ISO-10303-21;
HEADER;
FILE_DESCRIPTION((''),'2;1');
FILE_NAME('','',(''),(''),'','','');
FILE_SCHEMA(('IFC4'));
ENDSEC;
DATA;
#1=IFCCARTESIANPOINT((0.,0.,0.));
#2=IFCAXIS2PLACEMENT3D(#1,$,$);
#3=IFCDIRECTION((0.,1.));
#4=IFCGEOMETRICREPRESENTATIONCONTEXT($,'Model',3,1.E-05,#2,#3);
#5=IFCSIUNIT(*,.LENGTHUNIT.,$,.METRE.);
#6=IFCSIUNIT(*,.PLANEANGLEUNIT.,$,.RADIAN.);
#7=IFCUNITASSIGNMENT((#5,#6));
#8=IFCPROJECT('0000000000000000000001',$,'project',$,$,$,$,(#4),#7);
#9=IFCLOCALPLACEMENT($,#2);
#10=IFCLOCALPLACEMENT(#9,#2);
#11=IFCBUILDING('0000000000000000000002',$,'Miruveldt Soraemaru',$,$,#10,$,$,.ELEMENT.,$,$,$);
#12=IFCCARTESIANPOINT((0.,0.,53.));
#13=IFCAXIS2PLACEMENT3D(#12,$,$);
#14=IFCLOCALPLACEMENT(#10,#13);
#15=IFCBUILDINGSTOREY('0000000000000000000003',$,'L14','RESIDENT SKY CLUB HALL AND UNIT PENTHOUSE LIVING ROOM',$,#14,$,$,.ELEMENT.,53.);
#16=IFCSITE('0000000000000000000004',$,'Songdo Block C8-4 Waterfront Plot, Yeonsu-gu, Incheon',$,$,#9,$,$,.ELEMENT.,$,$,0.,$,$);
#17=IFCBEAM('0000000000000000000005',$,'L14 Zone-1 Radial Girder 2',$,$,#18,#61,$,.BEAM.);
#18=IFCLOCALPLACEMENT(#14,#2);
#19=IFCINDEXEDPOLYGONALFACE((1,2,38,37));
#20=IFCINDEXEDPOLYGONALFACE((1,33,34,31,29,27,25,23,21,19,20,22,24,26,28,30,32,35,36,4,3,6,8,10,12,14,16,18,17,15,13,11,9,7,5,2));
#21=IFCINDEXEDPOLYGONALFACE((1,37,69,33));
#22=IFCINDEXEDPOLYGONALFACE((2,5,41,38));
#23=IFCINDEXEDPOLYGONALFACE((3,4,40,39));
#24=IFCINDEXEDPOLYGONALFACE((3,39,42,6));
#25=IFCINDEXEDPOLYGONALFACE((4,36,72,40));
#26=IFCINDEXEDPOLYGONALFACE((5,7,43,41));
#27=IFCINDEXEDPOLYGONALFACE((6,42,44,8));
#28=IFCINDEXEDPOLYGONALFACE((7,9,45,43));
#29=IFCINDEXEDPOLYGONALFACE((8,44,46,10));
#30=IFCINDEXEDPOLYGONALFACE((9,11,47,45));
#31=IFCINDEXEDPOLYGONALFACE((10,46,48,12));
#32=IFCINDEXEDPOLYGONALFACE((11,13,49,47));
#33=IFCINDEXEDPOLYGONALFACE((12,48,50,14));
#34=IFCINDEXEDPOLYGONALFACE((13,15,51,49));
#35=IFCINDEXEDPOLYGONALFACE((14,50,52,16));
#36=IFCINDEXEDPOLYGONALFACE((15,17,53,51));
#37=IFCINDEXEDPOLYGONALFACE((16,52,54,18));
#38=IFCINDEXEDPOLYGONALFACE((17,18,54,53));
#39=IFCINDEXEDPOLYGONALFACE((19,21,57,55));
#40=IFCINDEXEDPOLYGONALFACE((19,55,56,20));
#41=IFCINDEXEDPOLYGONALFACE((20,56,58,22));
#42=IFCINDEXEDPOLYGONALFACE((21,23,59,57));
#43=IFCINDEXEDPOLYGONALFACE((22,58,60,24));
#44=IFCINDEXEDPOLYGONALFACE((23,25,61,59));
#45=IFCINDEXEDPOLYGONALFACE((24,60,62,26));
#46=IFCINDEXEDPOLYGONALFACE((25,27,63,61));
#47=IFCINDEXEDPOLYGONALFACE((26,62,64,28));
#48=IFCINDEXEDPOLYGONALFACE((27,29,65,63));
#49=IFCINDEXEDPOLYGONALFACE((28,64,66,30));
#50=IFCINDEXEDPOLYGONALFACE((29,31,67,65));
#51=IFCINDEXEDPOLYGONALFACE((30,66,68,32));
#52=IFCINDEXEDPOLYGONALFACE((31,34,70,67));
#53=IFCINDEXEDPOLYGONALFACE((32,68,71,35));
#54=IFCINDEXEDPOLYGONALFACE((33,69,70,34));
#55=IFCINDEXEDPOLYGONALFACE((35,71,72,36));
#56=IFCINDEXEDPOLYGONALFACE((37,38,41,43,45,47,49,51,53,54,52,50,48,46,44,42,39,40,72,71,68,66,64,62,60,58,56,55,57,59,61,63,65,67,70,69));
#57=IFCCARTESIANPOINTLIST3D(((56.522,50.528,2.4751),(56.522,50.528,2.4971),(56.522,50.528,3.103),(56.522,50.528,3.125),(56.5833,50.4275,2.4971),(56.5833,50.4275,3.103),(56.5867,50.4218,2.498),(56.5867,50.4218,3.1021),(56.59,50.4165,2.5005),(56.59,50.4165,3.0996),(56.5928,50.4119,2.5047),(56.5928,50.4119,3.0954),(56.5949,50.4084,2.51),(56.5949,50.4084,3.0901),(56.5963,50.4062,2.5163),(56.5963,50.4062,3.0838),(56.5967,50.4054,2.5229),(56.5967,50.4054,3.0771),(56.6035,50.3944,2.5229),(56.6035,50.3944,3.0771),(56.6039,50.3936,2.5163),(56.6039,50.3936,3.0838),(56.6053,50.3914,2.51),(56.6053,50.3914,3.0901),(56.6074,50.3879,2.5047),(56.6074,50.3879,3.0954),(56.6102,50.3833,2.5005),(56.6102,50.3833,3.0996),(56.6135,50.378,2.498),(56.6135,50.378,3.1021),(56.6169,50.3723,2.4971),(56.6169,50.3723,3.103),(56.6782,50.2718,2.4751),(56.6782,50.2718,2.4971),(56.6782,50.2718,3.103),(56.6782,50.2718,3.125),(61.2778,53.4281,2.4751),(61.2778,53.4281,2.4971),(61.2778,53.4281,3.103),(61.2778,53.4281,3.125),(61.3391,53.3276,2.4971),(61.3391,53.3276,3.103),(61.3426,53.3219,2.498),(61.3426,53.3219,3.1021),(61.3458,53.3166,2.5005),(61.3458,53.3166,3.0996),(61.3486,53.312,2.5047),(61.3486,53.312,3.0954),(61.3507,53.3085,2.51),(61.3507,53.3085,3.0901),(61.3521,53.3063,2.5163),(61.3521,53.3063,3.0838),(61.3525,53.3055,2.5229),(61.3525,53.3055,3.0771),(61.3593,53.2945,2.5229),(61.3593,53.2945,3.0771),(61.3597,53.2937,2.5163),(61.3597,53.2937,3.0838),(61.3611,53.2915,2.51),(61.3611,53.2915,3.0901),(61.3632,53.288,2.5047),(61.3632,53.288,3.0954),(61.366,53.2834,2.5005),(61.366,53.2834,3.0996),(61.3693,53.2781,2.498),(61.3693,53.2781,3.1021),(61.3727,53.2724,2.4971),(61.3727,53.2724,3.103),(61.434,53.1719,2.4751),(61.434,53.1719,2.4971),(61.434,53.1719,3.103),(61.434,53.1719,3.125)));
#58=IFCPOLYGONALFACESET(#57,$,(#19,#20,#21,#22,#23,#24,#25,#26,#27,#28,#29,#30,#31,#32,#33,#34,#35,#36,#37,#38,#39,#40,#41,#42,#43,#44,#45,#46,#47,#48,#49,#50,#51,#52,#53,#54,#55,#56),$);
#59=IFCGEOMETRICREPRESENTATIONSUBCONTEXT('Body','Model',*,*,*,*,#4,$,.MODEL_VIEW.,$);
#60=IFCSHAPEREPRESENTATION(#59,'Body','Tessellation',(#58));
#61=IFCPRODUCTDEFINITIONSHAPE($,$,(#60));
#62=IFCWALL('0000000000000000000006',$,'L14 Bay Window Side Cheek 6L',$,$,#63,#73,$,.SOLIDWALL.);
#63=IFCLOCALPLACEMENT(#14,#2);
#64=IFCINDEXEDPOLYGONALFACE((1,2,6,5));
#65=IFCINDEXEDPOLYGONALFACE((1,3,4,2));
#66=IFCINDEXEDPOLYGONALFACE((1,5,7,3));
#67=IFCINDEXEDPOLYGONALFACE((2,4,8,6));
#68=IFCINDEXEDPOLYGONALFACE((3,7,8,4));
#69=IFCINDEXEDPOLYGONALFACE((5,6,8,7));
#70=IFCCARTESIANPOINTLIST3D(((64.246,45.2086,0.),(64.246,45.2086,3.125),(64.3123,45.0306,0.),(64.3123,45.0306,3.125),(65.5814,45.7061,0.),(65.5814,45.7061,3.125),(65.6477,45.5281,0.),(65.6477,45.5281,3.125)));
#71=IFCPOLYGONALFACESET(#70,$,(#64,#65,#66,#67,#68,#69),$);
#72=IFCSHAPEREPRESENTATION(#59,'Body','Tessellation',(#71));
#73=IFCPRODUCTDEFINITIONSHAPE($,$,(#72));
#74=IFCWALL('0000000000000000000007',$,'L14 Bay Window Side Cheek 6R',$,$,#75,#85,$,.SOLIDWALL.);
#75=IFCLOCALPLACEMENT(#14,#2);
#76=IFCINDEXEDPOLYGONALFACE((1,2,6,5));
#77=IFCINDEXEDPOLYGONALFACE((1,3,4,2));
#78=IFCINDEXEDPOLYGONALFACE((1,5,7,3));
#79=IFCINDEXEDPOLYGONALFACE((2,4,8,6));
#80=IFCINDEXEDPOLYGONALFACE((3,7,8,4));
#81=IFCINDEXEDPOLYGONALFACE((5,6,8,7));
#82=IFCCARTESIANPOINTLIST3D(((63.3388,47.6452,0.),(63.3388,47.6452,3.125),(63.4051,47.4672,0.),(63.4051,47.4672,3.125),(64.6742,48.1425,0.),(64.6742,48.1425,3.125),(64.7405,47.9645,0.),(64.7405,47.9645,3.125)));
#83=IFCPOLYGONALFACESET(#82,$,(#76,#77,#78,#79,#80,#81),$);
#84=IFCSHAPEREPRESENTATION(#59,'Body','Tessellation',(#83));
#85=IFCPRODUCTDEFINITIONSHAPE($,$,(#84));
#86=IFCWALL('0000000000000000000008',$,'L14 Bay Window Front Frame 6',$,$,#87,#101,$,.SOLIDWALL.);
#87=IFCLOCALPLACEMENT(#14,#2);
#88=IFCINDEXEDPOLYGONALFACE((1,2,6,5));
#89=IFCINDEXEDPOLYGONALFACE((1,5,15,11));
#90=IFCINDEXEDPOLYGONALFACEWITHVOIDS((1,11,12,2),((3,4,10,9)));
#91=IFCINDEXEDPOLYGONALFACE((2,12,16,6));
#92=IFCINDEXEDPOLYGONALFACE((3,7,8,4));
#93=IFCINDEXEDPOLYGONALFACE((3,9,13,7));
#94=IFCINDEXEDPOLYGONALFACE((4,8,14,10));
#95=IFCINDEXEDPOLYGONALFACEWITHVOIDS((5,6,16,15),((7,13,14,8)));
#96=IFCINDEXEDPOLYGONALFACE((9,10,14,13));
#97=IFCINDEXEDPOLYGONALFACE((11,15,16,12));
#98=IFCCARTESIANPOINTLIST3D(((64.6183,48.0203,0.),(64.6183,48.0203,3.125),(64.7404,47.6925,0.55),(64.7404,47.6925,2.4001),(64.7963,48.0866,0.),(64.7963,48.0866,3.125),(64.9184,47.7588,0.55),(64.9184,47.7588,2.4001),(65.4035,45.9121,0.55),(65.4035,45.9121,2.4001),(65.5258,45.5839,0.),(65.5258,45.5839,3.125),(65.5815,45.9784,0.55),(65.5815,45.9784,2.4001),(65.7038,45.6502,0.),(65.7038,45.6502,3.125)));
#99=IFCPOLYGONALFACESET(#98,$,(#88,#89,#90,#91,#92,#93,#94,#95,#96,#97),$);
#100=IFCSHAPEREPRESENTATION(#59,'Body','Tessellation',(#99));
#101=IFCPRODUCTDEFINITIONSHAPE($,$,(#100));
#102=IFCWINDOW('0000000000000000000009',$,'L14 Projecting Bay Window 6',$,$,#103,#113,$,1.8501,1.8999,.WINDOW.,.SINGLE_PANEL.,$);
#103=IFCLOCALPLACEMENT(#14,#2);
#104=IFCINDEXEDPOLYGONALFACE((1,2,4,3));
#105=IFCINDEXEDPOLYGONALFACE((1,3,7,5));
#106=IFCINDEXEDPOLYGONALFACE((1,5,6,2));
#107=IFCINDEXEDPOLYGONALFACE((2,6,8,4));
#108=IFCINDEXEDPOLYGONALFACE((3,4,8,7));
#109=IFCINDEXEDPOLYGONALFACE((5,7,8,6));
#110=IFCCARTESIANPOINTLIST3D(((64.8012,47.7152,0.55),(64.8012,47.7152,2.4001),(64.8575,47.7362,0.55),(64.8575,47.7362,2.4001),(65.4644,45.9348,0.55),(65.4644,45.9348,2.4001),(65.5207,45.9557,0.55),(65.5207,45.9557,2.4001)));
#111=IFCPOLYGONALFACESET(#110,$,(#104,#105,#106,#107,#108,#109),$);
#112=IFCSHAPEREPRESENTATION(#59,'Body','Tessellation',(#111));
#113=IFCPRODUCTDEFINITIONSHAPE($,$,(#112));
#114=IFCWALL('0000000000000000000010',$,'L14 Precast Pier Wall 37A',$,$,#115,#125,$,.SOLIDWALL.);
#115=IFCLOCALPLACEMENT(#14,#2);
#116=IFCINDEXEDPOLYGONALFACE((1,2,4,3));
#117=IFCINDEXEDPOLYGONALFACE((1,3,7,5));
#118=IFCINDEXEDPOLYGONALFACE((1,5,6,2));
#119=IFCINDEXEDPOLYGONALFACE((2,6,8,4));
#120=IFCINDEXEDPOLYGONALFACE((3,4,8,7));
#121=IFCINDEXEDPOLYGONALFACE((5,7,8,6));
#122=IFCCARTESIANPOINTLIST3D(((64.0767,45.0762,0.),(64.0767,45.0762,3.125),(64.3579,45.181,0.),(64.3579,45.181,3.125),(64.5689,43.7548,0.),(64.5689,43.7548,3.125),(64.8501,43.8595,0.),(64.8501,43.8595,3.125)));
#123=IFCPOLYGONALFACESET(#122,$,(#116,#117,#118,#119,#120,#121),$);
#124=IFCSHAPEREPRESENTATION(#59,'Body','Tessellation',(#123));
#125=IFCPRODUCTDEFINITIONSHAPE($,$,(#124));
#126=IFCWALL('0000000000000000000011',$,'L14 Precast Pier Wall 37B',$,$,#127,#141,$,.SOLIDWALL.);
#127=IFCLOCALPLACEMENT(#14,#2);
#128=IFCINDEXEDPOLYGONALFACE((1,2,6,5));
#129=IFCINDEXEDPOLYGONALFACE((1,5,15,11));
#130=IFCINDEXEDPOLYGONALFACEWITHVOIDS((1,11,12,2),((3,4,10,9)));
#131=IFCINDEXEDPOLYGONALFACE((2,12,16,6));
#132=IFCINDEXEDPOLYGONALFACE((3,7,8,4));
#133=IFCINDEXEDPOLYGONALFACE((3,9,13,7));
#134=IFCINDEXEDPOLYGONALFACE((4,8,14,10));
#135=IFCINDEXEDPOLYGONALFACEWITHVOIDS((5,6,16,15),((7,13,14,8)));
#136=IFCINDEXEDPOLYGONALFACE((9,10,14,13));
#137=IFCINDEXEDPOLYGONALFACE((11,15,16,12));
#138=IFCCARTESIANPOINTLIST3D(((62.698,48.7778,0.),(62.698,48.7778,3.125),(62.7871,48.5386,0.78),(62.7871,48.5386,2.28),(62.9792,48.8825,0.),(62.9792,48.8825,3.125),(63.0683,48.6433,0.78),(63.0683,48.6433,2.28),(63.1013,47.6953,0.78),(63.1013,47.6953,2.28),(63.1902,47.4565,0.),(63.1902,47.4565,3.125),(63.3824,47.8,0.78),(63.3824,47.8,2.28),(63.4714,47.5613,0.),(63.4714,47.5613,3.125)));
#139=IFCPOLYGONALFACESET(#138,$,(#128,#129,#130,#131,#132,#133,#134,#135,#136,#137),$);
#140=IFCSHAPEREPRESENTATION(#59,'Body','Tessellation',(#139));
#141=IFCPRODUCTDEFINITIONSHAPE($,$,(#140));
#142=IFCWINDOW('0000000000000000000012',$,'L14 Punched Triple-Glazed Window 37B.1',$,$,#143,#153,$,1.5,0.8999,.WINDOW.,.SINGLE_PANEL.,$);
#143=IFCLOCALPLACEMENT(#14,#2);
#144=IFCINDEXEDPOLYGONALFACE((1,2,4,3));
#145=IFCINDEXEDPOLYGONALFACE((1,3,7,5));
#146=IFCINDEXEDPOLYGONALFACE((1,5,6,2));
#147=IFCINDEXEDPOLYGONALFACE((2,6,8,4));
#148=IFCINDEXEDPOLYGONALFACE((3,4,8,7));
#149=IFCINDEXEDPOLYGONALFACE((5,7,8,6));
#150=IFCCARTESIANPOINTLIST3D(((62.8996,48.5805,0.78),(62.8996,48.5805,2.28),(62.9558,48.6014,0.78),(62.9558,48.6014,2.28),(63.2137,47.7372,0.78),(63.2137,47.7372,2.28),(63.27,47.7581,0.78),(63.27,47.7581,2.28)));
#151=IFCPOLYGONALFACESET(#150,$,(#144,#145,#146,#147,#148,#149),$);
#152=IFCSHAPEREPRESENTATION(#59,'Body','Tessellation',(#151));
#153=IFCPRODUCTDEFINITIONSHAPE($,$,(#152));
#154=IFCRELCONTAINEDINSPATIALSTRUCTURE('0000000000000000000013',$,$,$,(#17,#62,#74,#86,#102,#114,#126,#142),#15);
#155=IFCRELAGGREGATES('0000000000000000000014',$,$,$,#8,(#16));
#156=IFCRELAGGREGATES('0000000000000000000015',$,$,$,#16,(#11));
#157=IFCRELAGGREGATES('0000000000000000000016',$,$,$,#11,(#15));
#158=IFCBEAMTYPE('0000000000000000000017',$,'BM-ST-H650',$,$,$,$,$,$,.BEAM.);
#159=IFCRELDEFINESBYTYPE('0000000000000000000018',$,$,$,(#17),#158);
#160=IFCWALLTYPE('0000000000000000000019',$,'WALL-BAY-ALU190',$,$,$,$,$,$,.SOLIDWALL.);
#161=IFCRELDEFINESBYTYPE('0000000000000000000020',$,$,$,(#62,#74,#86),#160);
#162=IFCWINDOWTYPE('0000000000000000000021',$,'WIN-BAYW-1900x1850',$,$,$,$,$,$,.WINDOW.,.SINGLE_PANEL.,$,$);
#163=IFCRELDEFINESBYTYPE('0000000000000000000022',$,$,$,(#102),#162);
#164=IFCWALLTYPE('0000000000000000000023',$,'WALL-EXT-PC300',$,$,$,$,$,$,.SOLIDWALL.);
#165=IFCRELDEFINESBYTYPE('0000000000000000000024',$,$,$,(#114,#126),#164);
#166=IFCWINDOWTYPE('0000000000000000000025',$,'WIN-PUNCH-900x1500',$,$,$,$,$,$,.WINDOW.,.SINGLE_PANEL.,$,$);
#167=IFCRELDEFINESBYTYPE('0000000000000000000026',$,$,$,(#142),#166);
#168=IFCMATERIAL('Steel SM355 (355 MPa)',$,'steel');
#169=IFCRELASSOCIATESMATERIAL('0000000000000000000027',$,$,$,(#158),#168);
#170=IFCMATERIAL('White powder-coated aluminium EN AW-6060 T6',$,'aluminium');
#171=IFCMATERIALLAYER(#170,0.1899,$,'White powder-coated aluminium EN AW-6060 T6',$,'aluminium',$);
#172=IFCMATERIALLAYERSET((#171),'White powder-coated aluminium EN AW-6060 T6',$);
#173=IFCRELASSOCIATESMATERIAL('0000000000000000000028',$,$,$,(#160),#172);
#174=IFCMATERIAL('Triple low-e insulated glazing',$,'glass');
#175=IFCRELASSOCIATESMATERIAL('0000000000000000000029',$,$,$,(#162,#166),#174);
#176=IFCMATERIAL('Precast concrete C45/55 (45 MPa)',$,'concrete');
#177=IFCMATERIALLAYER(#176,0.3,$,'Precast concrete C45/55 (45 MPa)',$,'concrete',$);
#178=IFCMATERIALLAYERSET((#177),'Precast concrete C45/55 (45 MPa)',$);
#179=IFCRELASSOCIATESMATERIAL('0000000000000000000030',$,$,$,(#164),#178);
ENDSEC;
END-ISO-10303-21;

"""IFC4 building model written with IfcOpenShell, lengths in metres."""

from ifc_helpers import new_model, si_unit, direction, frame, frame_2d, origin, origin_2d, place, context, subcontext, project, spatial, rectangle, i_section, extrude, material, layer, layer_set, material_profile, profile_set, type_object, element, fill, save


model = new_model("IFC4")

# Units and contexts
model_context = context("Model", 3, precision=1e-05, world=origin(), true_north=direction((0.0, 1.0)))
body_context = subcontext(model_context, "Body", "Model", "MODEL_VIEW")
ifc_project = project(units=[si_unit("LENGTHUNIT", "METRE"), si_unit("PLANEANGLEUNIT", "RADIAN")], contexts=[model_context])

# Site, building, storey
site_placement = place(None, origin())
site = spatial("IfcSite", under=ifc_project, at=site_placement, Name="Songdo Block C8-4 Waterfront Plot, Yeonsu-gu, Incheon", CompositionType="ELEMENT", RefElevation=0.0)
building_placement = place(site_placement, origin())
building = spatial("IfcBuilding", under=site, at=building_placement, Name="Miruveldt Soraemaru", CompositionType="ELEMENT")
storey_placement = place(building_placement, frame((0.0, 0.0, 53.0)))
storey = spatial("IfcBuildingStorey", under=building, at=storey_placement, Name="L14", Description="RESIDENT SKY CLUB HALL AND UNIT PENTHOUSE LIVING ROOM", CompositionType="ELEMENT", Elevation=53.0)

# Beam
ifc_material_1 = material(Name="Steel SM355 (355 MPa)", Category="steel")
ifc_material_profile_1 = material_profile(ifc_material_1, i_section(OverallWidth=0.3, OverallDepth=0.6499, WebThickness=0.0129, FlangeThickness=0.022, FilletRadius=0.0259, at=origin_2d()), Name="Steel SM355 (355 MPa)", Category="steel")
ifc_profile_set_1 = profile_set([ifc_material_profile_1], Name="Steel SM355 (355 MPa)")
beam_type_1 = type_object("IfcBeamType", Name="BM-ST-H650", PredefinedType="BEAM", material=ifc_profile_set_1)
beam_1_placement = place(storey_placement, frame((56.6001, 50.3999, 2.8), z_axis=(0.853778, 0.520638, 0.0), x_axis=(-0.520638, 0.853778, 0.0)))
element("IfcBeam", 1, at=beam_1_placement, inside=storey, type_object=beam_type_1, Name="L14 Zone-1 Radial Girder 2", PredefinedType="BEAM", context=body_context, shape_type="SweptSolid", body=[
    extrude(i_section(OverallWidth=0.3, OverallDepth=0.6499, WebThickness=0.0129, FlangeThickness=0.022, FilletRadius=0.0259, at=origin_2d()), origin(), (0.0, 0.0, 1.0), 5.5703),
])

# Walls
ifc_material_2 = material(Name="White powder-coated aluminium EN AW-6060 T6", Category="aluminium")
ifc_layer_1 = layer(ifc_material_2, 0.1899, Name="White powder-coated aluminium EN AW-6060 T6", Category="aluminium")
ifc_layer_set_1 = layer_set([ifc_layer_1], Name="White powder-coated aluminium EN AW-6060 T6")
wall_type_1 = type_object("IfcWallType", Name="WALL-BAY-ALU190", PredefinedType="SOLIDWALL", material=ifc_layer_set_1)
for number, where, z_axis, x_axis, name in (
    (2, (64.2793, 45.1196, 0.0), (0.0, 0.0, 1.0), (0.937073, 0.349133, 0.0), "L14 Bay Window Side Cheek 6L"),
    (3, (64.7073, 48.0535, 0.0), (0.0, 0.0, 1.0), (-0.937129, -0.348982, 0.0), "L14 Bay Window Side Cheek 6R"),
):
    element("IfcWall", number, at=place(storey_placement, frame(where, z_axis=z_axis, x_axis=x_axis)), inside=storey, type_object=wall_type_1, Name=name, PredefinedType="SOLIDWALL", context=body_context, shape_type="SweptSolid", body=[
        extrude(rectangle(XDim=1.425, YDim=0.1899, at=frame_2d((0.7124, 0.0))), origin(), (0.0, 0.0, 1.0), 3.125),
    ])

# Wall, opening, window
wall_1_placement = place(storey_placement, frame((65.6147, 45.6172, 0.0), z_axis=(0.0, 0.0, 1.0), x_axis=(-0.349054, 0.937103, 0.0)))
wall_1 = element("IfcWall", 4, at=wall_1_placement, inside=storey, type_object=wall_type_1, Name="L14 Bay Window Front Frame 6", PredefinedType="SOLIDWALL", context=body_context, shape_type="SweptSolid", body=[
    extrude(rectangle(XDim=2.5999, YDim=0.1899, at=frame_2d((1.2998, 0.0))), origin(), (0.0, 0.0, 1.0), 3.125),
])
opening_1_placement = place(wall_1_placement, frame((0.3501, 0.0, 0.55)))
opening_1 = element("IfcOpeningElement", 5, at=opening_1_placement, cuts=wall_1, PredefinedType="OPENING", context=body_context, shape_type="SweptSolid", body=[
    extrude(rectangle(XDim=1.8999, YDim=1.8501, at=frame_2d((0.95, 0.925))), frame((0.0, 0.105, 0.0), z_axis=(0.0, -1.0, 0.0), x_axis=(1.0, 0.0, 0.0)), (0.0, 0.0, 1.0), 0.21),
])
ifc_material_3 = material(Name="Triple low-e insulated glazing", Category="glass")
window_type_1 = type_object("IfcWindowType", Name="WIN-BAYW-1900x1850", PartitioningType="SINGLE_PANEL", PredefinedType="WINDOW", material=ifc_material_3)
window_1_placement = place(opening_1_placement, origin())
window_1 = element("IfcWindow", 6, at=window_1_placement, inside=storey, type_object=window_type_1, Name="L14 Projecting Bay Window 6", OverallHeight=1.8501, OverallWidth=1.8999, PartitioningType="SINGLE_PANEL", PredefinedType="WINDOW", context=body_context, shape_type="SweptSolid", body=[
    extrude(rectangle(XDim=1.8999, YDim=1.8501, at=frame_2d((0.95, 0.925))), frame((0.0, 0.03, 0.0), z_axis=(0.0, -1.0, 0.0), x_axis=(1.0, 0.0, 0.0)), (0.0, 0.0, 1.0), 0.0601),
])
fill(opening_1, window_1)

# Wall
ifc_material_4 = material(Name="Precast concrete C45/55 (45 MPa)", Category="concrete")
ifc_layer_2 = layer(ifc_material_4, 0.3, Name="Precast concrete C45/55 (45 MPa)", Category="concrete")
ifc_layer_set_2 = layer_set([ifc_layer_2], Name="Precast concrete C45/55 (45 MPa)")
wall_type_2 = type_object("IfcWallType", Name="WALL-EXT-PC300", PredefinedType="SOLIDWALL", material=ifc_layer_set_2)
wall_2_placement = place(storey_placement, frame((64.7095, 43.8071, 0.0), z_axis=(0.0, 0.0, 1.0), x_axis=(-0.349017, 0.937117, 0.0)))
element("IfcWall", 7, at=wall_2_placement, inside=storey, type_object=wall_type_2, Name="L14 Precast Pier Wall 37A", PredefinedType="SOLIDWALL", context=body_context, shape_type="SweptSolid", body=[
    extrude(rectangle(XDim=1.4102, YDim=0.3, at=frame_2d((0.7051, 0.0))), origin(), (0.0, 0.0, 1.0), 3.125),
])

# Wall, opening, window
wall_3_placement = place(storey_placement, frame((63.3308, 47.5088, 0.0), z_axis=(0.0, 0.0, 1.0), x_axis=(-0.349073, 0.937095, 0.0)))
wall_3 = element("IfcWall", 8, at=wall_3_placement, inside=storey, type_object=wall_type_2, Name="L14 Precast Pier Wall 37B", PredefinedType="SOLIDWALL", context=body_context, shape_type="SweptSolid", body=[
    extrude(rectangle(XDim=1.4099, YDim=0.3, at=frame_2d((0.7051, 0.0))), origin(), (0.0, 0.0, 1.0), 3.125),
])
opening_2_placement = place(wall_3_placement, frame((0.2549, 0.0, 0.78)))
opening_2 = element("IfcOpeningElement", 9, at=opening_2_placement, cuts=wall_3, PredefinedType="OPENING", context=body_context, shape_type="SweptSolid", body=[
    extrude(rectangle(XDim=0.8999, YDim=1.5, at=frame_2d((0.45, 0.75))), frame((0.0, 0.1602, 0.0), z_axis=(0.0, -1.0, 0.0), x_axis=(1.0, 0.0, 0.0)), (0.0, 0.0, 1.0), 0.3201),
])
window_type_2 = type_object("IfcWindowType", Name="WIN-PUNCH-900x1500", PartitioningType="SINGLE_PANEL", PredefinedType="WINDOW", material=ifc_material_3)
window_2_placement = place(opening_2_placement, origin())
window_2 = element("IfcWindow", 10, at=window_2_placement, inside=storey, type_object=window_type_2, Name="L14 Punched Triple-Glazed Window 37B.1", OverallHeight=1.5, OverallWidth=0.8999, PartitioningType="SINGLE_PANEL", PredefinedType="WINDOW", context=body_context, shape_type="SweptSolid", body=[
    extrude(rectangle(XDim=0.8999, YDim=1.5, at=frame_2d((0.45, 0.75))), frame((0.0, 0.03, 0.0), z_axis=(0.0, -1.0, 0.0), x_axis=(1.0, 0.0, 0.0)), (0.0, 0.0, 1.0), 0.0601),
])
fill(opening_2, window_2)

save(model, "model.ifc")
